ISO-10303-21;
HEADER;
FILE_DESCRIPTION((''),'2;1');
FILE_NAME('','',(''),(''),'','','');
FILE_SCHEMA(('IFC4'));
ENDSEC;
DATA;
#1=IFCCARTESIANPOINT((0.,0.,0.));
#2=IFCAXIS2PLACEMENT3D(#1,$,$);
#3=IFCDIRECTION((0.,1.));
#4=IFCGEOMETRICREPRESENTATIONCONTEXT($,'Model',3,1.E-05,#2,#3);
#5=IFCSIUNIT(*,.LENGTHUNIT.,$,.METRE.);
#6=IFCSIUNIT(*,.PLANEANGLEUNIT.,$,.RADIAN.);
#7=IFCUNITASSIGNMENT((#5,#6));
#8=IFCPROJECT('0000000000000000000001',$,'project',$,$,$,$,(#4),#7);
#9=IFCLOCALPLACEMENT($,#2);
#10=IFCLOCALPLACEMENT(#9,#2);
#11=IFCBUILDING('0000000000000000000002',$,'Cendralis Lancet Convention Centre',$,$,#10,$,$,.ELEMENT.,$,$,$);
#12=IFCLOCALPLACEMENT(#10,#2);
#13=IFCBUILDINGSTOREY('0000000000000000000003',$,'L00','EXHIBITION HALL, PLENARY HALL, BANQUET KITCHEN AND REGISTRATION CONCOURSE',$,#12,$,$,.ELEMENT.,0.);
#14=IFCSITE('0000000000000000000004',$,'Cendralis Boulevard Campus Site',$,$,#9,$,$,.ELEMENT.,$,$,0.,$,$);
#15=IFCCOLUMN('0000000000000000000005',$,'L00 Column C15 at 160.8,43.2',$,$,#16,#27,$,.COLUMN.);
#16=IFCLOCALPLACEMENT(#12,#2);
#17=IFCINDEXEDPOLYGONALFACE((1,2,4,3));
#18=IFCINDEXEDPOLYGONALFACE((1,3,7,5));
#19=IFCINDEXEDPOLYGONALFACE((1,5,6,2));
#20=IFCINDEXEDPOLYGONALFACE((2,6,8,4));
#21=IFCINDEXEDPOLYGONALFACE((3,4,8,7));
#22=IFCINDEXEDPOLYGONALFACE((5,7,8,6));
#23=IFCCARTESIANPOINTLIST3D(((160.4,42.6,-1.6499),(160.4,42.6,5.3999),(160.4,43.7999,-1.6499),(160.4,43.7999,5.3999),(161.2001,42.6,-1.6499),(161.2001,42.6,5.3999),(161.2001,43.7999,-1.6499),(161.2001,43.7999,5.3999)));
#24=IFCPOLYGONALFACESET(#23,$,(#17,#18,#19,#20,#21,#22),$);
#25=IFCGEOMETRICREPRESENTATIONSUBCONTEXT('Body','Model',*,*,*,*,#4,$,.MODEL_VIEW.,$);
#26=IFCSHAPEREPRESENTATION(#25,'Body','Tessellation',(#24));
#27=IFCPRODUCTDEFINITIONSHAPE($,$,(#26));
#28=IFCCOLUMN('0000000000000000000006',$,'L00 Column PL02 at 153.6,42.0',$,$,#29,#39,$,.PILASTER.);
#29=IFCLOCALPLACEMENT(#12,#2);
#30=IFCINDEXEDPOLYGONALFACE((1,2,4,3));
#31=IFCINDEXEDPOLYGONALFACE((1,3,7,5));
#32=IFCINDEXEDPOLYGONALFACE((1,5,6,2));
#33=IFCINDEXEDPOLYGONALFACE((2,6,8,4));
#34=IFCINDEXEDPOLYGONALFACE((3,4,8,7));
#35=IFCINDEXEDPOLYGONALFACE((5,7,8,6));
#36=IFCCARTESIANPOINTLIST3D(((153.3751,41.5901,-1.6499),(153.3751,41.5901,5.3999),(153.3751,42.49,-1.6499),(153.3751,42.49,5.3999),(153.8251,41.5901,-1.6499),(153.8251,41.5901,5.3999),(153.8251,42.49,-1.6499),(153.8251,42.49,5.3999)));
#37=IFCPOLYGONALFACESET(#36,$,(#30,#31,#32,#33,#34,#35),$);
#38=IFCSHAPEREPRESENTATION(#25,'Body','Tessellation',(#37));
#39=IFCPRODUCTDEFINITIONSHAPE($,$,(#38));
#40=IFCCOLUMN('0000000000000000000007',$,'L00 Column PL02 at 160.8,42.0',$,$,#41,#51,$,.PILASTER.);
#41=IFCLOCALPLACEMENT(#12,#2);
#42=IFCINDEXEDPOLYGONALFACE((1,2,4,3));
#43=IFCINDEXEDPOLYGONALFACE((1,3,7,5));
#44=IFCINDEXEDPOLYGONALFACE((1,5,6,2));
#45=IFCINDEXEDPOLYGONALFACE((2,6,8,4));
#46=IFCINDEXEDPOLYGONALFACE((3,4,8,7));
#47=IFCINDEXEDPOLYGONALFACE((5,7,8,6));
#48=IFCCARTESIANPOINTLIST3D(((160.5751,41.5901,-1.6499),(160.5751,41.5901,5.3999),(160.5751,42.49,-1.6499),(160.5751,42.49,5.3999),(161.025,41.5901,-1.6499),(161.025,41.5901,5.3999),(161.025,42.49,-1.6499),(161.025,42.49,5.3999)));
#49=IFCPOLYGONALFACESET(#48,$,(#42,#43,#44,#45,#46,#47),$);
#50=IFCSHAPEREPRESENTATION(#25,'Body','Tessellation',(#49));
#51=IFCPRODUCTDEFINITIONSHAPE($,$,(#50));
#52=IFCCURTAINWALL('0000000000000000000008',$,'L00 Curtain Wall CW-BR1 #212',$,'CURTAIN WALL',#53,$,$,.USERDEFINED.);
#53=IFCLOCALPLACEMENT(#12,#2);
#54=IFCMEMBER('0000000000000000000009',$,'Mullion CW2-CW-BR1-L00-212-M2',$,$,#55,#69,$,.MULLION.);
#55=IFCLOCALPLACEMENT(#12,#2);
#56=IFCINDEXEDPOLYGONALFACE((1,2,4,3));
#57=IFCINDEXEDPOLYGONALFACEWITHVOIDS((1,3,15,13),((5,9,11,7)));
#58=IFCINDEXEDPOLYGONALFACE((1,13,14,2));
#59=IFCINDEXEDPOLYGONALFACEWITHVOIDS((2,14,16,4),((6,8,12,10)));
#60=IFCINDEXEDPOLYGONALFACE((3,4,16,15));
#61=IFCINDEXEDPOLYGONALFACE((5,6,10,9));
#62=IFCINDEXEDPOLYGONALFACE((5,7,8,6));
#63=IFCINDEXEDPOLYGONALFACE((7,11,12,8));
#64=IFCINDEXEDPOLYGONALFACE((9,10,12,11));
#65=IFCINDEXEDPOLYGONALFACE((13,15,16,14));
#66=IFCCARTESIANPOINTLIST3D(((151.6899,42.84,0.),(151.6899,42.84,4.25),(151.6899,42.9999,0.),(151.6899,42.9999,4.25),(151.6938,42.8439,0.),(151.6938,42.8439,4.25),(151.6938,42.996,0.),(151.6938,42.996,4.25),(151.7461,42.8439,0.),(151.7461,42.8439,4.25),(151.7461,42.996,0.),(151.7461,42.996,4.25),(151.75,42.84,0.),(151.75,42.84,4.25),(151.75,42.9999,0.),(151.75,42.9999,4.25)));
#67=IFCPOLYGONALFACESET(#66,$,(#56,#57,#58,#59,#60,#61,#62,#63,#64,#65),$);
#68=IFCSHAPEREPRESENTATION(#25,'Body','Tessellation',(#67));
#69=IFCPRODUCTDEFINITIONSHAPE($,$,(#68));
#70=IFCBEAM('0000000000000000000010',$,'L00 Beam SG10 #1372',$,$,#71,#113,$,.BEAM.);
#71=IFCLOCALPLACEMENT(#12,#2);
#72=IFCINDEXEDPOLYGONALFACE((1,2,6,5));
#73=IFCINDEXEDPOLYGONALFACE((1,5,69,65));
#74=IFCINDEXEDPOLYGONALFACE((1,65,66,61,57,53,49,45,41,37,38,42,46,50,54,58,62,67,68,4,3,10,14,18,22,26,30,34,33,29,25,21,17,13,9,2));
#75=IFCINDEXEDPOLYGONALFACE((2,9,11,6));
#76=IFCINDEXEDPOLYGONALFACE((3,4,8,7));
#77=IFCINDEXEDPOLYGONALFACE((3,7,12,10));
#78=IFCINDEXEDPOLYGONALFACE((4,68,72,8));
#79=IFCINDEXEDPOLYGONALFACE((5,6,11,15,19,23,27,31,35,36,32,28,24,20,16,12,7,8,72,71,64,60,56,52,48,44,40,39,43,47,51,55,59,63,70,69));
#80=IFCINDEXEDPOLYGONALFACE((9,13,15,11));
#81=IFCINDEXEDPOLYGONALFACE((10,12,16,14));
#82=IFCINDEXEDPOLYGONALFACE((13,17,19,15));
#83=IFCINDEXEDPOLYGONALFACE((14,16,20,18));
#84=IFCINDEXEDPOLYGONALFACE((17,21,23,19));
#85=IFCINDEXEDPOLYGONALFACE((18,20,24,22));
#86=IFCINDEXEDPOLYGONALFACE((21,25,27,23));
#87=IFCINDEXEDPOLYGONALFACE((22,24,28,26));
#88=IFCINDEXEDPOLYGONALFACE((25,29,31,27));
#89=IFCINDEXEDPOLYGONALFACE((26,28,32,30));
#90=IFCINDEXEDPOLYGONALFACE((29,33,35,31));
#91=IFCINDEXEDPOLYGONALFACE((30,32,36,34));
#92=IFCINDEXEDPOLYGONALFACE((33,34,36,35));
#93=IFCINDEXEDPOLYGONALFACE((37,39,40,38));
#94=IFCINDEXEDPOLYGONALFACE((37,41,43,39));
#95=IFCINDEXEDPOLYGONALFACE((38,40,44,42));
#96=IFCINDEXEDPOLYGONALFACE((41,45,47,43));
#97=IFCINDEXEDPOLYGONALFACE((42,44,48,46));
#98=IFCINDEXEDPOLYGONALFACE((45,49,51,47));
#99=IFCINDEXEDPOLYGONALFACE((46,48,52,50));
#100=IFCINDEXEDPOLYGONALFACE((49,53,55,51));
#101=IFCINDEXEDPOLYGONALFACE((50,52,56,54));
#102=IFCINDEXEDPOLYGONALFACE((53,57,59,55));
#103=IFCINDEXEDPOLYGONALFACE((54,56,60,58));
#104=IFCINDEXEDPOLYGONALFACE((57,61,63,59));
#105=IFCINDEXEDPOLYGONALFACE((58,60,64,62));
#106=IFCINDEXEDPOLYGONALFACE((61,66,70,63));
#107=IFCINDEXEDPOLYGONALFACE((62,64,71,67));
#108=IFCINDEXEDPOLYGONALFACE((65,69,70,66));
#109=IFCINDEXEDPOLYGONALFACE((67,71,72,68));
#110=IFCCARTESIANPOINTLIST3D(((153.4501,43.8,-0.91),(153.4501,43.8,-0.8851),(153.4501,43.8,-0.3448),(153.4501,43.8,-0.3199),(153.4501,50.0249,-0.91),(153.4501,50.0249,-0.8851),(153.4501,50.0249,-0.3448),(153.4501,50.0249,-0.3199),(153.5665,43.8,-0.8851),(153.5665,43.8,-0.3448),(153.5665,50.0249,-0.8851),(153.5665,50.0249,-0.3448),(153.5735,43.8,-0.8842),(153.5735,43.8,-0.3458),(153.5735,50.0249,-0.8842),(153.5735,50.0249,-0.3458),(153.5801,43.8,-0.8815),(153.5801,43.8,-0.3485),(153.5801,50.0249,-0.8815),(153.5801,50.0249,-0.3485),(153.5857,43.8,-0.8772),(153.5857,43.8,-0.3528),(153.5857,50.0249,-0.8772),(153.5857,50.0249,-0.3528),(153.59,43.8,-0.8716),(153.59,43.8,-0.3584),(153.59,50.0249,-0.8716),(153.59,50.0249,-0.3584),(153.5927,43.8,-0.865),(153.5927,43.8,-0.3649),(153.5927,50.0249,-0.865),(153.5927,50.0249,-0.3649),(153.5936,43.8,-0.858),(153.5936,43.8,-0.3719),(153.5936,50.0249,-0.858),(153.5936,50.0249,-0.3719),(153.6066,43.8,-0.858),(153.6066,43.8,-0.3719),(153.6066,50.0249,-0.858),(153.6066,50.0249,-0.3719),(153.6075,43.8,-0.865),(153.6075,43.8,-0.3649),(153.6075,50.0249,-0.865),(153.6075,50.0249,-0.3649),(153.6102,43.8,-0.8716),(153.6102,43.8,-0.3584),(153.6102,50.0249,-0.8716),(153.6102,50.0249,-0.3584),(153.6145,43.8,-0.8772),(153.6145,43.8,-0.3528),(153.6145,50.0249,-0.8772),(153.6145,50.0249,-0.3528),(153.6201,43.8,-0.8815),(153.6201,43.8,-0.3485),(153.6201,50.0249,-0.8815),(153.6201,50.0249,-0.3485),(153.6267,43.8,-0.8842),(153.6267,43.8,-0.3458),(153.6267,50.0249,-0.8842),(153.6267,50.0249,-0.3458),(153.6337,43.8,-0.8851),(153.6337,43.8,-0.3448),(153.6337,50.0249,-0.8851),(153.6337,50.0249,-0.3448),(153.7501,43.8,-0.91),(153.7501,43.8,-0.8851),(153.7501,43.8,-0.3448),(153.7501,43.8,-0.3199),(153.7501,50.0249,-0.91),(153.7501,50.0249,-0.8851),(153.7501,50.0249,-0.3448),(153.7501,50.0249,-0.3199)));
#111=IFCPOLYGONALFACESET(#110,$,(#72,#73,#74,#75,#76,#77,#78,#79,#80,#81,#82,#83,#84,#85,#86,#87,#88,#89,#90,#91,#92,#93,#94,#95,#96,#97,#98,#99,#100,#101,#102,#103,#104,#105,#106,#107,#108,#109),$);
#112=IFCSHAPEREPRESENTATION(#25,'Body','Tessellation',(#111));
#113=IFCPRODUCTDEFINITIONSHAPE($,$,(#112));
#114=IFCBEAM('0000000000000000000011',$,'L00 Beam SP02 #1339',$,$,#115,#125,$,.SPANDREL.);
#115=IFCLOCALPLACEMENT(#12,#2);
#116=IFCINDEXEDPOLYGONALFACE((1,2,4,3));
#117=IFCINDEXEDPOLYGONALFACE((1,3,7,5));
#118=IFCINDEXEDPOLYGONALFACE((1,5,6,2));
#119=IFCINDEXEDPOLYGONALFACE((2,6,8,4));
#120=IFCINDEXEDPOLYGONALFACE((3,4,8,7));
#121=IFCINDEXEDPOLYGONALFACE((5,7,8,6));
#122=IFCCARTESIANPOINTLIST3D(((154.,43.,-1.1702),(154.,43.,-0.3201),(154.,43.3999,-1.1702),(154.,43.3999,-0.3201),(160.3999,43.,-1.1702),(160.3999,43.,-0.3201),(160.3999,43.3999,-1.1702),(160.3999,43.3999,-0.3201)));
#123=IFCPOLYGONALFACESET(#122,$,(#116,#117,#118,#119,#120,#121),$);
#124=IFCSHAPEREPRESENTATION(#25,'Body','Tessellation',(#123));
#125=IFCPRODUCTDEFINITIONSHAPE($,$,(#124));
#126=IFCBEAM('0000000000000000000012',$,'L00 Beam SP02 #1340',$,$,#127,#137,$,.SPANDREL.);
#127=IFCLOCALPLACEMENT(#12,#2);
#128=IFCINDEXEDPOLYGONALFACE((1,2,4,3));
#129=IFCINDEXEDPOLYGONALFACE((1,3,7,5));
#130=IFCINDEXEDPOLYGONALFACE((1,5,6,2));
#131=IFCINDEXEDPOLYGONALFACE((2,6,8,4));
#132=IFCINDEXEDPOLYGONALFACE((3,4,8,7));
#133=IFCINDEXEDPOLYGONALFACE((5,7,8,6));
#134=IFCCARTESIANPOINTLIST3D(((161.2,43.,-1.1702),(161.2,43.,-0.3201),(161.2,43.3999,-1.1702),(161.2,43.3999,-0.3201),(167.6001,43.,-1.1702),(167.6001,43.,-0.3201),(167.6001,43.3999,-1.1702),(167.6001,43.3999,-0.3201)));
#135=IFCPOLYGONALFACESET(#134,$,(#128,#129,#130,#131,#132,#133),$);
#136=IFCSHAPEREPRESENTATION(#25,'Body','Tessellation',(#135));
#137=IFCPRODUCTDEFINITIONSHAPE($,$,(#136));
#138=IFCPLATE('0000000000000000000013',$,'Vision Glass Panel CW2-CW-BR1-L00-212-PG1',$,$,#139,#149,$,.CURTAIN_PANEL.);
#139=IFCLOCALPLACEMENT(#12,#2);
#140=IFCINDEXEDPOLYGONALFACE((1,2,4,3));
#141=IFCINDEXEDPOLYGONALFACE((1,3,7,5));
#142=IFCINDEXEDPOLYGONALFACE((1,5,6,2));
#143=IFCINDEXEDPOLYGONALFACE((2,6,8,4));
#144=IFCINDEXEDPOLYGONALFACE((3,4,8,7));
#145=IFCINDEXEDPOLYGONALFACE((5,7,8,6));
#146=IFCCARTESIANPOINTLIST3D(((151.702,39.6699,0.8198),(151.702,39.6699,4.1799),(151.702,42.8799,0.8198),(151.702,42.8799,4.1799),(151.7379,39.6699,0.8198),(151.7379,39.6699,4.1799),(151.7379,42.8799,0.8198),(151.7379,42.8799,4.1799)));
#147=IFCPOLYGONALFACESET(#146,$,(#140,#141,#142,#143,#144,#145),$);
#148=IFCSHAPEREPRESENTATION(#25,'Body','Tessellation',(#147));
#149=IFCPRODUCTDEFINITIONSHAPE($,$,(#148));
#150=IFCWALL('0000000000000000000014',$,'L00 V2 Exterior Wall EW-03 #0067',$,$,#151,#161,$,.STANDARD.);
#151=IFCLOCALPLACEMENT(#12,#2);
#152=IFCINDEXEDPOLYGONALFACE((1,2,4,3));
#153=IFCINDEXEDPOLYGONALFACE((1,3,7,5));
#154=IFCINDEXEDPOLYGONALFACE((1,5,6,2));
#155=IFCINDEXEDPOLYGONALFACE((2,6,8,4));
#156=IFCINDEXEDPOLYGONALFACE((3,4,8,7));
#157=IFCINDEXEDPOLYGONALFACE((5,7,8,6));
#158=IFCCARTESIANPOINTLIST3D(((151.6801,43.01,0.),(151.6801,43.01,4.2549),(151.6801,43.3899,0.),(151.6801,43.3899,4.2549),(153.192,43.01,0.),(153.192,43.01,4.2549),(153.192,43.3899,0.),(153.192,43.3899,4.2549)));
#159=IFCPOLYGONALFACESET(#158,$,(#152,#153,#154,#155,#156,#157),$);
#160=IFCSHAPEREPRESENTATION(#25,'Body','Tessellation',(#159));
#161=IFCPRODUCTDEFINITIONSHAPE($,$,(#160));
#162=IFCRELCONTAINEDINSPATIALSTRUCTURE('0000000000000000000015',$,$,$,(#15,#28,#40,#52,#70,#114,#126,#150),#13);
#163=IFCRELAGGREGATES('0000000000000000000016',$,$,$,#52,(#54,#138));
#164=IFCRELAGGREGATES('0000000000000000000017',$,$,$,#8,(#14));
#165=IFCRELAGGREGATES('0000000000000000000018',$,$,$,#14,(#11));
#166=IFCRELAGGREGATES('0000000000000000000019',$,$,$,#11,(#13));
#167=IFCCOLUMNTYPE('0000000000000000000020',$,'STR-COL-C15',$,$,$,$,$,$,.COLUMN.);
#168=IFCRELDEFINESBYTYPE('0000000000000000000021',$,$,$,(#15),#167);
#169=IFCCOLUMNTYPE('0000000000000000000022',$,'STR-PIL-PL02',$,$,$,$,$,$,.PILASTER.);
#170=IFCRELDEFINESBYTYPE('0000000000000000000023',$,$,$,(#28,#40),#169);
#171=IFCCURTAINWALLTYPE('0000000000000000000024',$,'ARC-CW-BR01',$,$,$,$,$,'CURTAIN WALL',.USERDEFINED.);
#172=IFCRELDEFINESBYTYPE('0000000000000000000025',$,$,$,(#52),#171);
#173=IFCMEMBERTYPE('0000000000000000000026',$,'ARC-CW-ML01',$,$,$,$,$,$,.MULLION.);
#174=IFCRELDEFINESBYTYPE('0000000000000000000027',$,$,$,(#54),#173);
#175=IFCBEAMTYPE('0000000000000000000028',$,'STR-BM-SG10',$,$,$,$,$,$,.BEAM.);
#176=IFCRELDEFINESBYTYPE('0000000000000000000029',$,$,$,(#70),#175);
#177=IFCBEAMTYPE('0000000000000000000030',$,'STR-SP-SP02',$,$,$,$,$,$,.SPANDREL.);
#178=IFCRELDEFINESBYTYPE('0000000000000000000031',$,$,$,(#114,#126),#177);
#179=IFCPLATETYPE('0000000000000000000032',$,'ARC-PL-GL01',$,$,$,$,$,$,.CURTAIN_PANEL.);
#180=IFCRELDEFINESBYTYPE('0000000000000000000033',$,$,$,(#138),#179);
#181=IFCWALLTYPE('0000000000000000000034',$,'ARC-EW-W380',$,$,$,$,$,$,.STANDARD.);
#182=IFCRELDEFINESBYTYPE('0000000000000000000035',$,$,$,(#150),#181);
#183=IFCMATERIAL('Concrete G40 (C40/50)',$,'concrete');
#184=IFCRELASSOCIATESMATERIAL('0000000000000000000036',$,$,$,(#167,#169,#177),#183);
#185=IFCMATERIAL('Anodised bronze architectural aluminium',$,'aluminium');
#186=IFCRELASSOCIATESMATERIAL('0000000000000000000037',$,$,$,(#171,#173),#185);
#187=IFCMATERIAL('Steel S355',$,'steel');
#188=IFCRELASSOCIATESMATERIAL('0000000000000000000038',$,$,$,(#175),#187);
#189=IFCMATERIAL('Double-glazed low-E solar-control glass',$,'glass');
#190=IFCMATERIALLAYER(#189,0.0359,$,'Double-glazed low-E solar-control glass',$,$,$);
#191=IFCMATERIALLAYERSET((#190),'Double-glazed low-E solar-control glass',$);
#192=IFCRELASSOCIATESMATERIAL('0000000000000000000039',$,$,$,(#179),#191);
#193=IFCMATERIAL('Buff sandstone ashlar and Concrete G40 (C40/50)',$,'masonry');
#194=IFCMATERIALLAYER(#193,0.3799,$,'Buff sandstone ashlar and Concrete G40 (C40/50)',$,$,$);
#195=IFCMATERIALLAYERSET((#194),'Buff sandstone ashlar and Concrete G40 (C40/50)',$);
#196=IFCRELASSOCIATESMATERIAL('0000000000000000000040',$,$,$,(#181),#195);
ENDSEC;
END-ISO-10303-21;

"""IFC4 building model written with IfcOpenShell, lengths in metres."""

from ifc_helpers import new_model, si_unit, direction, frame, frame_2d, origin, origin_2d, place, context, subcontext, project, spatial, rectangle, hollow_rectangle, i_section, extrude, material, layer, layer_set, material_profile, profile_set, type_object, element, aggregate, save


model = new_model("IFC4")

# Units and contexts
model_context = context("Model", 3, precision=1e-05, world=origin(), true_north=direction((0.0, 1.0)))
body_context = subcontext(model_context, "Body", "Model", "MODEL_VIEW")
ifc_project = project(units=[si_unit("LENGTHUNIT", "METRE"), si_unit("PLANEANGLEUNIT", "RADIAN")], contexts=[model_context])

# Site, building, storey
site_placement = place(None, origin())
site = spatial("IfcSite", under=ifc_project, at=site_placement, Name="Cendralis Boulevard Campus Site", CompositionType="ELEMENT", RefElevation=0.0)
building_placement = place(site_placement, origin())
building = spatial("IfcBuilding", under=site, at=building_placement, Name="Cendralis Lancet Convention Centre", CompositionType="ELEMENT")
storey_placement = place(building_placement, origin())
storey = spatial("IfcBuildingStorey", under=building, at=storey_placement, Name="L00", Description="EXHIBITION HALL, PLENARY HALL, BANQUET KITCHEN AND REGISTRATION CONCOURSE", CompositionType="ELEMENT", Elevation=0.0)

# Columns
ifc_material_1 = material(Name="Concrete G40 (C40/50)", Category="concrete")
ifc_material_profile_1 = material_profile(ifc_material_1, rectangle(XDim=0.8, YDim=1.2, at=origin_2d()), Name="RC 800x1200")
ifc_profile_set_1 = profile_set([ifc_material_profile_1], Name="Concrete G40 (C40/50)")
column_type_1 = type_object("IfcColumnType", Name="STR-COL-C15", PredefinedType="COLUMN", material=ifc_profile_set_1)
for number, where, z_axis, x_axis, name in (
    (1, (160.8, 43.2, -1.6499), (0.0, 0.0, 1.0), (1.0, 0.0, 0.0), "L00 Column C15 at 160.8,43.2"),
):
    element("IfcColumn", number, at=place(storey_placement, frame(where, z_axis=z_axis, x_axis=x_axis)), inside=storey, type_object=column_type_1, Name=name, PredefinedType="COLUMN", context=body_context, shape_type="SweptSolid", body=[
        extrude(rectangle(XDim=0.8, YDim=1.2, at=origin_2d()), origin(), (0.0, 0.0, 1.0), 7.0498),
    ])
ifc_material_profile_2 = material_profile(ifc_material_1, rectangle(XDim=0.45, YDim=0.8999, at=origin_2d()), Name="RC 450x900")
ifc_profile_set_2 = profile_set([ifc_material_profile_2], Name="Concrete G40 (C40/50)")
column_type_2 = type_object("IfcColumnType", Name="STR-PIL-PL02", PredefinedType="PILASTER", material=ifc_profile_set_2)
for number, where, z_axis, x_axis, name in (
    (2, (153.6001, 42.04, -1.6499), (0.0, 0.0, 1.0), (1.0, 0.0, 0.0), "L00 Column PL02 at 153.6,42.0"),
    (3, (160.8, 42.04, -1.6499), (0.0, 0.0, 1.0), (1.0, 0.0, 0.0), "L00 Column PL02 at 160.8,42.0"),
):
    element("IfcColumn", number, at=place(storey_placement, frame(where, z_axis=z_axis, x_axis=x_axis)), inside=storey, type_object=column_type_2, Name=name, PredefinedType="PILASTER", context=body_context, shape_type="SweptSolid", body=[
        extrude(rectangle(XDim=0.45, YDim=0.8999, at=origin_2d()), origin(), (0.0, 0.0, 1.0), 7.0498),
    ])

# Curtain wall, member
ifc_material_2 = material(Name="Anodised bronze architectural aluminium", Category="aluminium")
curtain_wall_type = type_object("IfcCurtainWallType", Name="ARC-CW-BR01", ElementType="CURTAIN WALL", PredefinedType="USERDEFINED", material=ifc_material_2)
curtain_wall_placement = place(storey_placement, origin())
curtain_wall = element("IfcCurtainWall", 4, at=curtain_wall_placement, inside=storey, type_object=curtain_wall_type, Name="L00 Curtain Wall CW-BR1 #212", ObjectType="CURTAIN WALL", PredefinedType="USERDEFINED")
ifc_material_profile_3 = material_profile(ifc_material_2, hollow_rectangle(XDim=0.0601, YDim=0.1599, WallThickness=0.0039, at=origin_2d()), Name="AL-MULL 60x160x4.0")
ifc_profile_set_3 = profile_set([ifc_material_profile_3], Name="Anodised bronze architectural aluminium")
member_type = type_object("IfcMemberType", Name="ARC-CW-ML01", PredefinedType="MULLION", material=ifc_profile_set_3)
member_placement = place(storey_placement, frame((151.72, 42.9199, 0.0), z_axis=(0.0, 0.0, 1.0), x_axis=(1.0, 0.0, 0.0)))
member = element("IfcMember", 5, at=member_placement, type_object=member_type, Name="Mullion CW2-CW-BR1-L00-212-M2", PredefinedType="MULLION", context=body_context, shape_type="SweptSolid", body=[
    extrude(hollow_rectangle(XDim=0.0601, YDim=0.1599, WallThickness=0.0039, at=origin_2d()), origin(), (0.0, 0.0, 1.0), 4.25),
])

# Beams
ifc_material_3 = material(Name="Steel S355", Category="steel")
ifc_material_profile_4 = material_profile(ifc_material_3, i_section(OverallWidth=0.3, OverallDepth=0.5901, WebThickness=0.0129, FlangeThickness=0.0249, FilletRadius=0.0271, at=origin_2d()), Name="HEA 600")
ifc_profile_set_4 = profile_set([ifc_material_profile_4], Name="Steel S355")
beam_type_1 = type_object("IfcBeamType", Name="STR-BM-SG10", PredefinedType="BEAM", material=ifc_profile_set_4)
beam_1_placement = place(storey_placement, frame((153.6001, 43.8, -0.615), z_axis=(0.0, 1.0, 0.0), x_axis=(-1.0, 0.0, 0.0)))
element("IfcBeam", 6, at=beam_1_placement, inside=storey, type_object=beam_type_1, Name="L00 Beam SG10 #1372", PredefinedType="BEAM", context=body_context, shape_type="SweptSolid", body=[
    extrude(i_section(OverallWidth=0.3, OverallDepth=0.5901, WebThickness=0.0129, FlangeThickness=0.0249, FilletRadius=0.0271, at=origin_2d()), origin(), (0.0, 0.0, 1.0), 6.2249),
])
ifc_material_profile_5 = material_profile(ifc_material_1, rectangle(XDim=0.3999, YDim=0.8501, at=origin_2d()), Name="RCB 400x850")
ifc_profile_set_5 = profile_set([ifc_material_profile_5], Name="Concrete G40 (C40/50)")
beam_type_2 = type_object("IfcBeamType", Name="STR-SP-SP02", PredefinedType="SPANDREL", material=ifc_profile_set_5)
beam_2_placement = place(storey_placement, frame((154.0, 43.2, -0.7451), z_axis=(1.0, 0.0, 0.0), x_axis=(0.0, 1.0, 0.0)))
element("IfcBeam", 7, at=beam_2_placement, inside=storey, type_object=beam_type_2, Name="L00 Beam SP02 #1339", PredefinedType="SPANDREL", context=body_context, shape_type="SweptSolid", body=[
    extrude(rectangle(XDim=0.3999, YDim=0.8501, at=origin_2d()), origin(), (0.0, 0.0, 1.0), 6.3999),
])
beam_3_placement = place(storey_placement, frame((161.2, 43.2, -0.7451), z_axis=(1.0, 0.0, 0.0), x_axis=(0.0, 1.0, 0.0)))
element("IfcBeam", 8, at=beam_3_placement, inside=storey, type_object=beam_type_2, Name="L00 Beam SP02 #1340", PredefinedType="SPANDREL", context=body_context, shape_type="SweptSolid", body=[
    extrude(rectangle(XDim=0.3999, YDim=0.8501, at=origin_2d()), origin(), (0.0, 0.0, 1.0), 6.4001),
])

# Plate
ifc_material_4 = material(Name="Double-glazed low-E solar-control glass", Category="glass")
ifc_layer_1 = layer(ifc_material_4, 0.0359, Name="Double-glazed low-E solar-control glass")
ifc_layer_set_1 = layer_set([ifc_layer_1], Name="Double-glazed low-E solar-control glass")
plate_type = type_object("IfcPlateType", Name="ARC-PL-GL01", PredefinedType="CURTAIN_PANEL", material=ifc_layer_set_1)
plate_placement = place(storey_placement, frame((151.72, 41.2749, 0.8198), z_axis=(0.0, 0.0, 1.0), x_axis=(0.0, 1.0, 0.0)))
plate = element("IfcPlate", 9, at=plate_placement, type_object=plate_type, Name="Vision Glass Panel CW2-CW-BR1-L00-212-PG1", PredefinedType="CURTAIN_PANEL", context=body_context, shape_type="SweptSolid", body=[
    extrude(rectangle(XDim=3.21, YDim=0.0359, at=origin_2d()), origin(), (0.0, 0.0, 1.0), 3.3601),
])
aggregate(curtain_wall, [member, plate])

# Wall
ifc_material_5 = material(Name="Buff sandstone ashlar and Concrete G40 (C40/50)", Category="masonry")
ifc_layer_2 = layer(ifc_material_5, 0.3799, Name="Buff sandstone ashlar and Concrete G40 (C40/50)")
ifc_layer_set_2 = layer_set([ifc_layer_2], Name="Buff sandstone ashlar and Concrete G40 (C40/50)")
wall_type_1 = type_object("IfcWallType", Name="ARC-EW-W380", PredefinedType="STANDARD", material=ifc_layer_set_2)
wall_1_placement = place(storey_placement, frame((153.1919, 43.2, 0.0), z_axis=(0.0, 0.0, 1.0), x_axis=(-1.0, 0.0, 0.0)))
element("IfcWall", 10, at=wall_1_placement, inside=storey, type_object=wall_type_1, Name="L00 V2 Exterior Wall EW-03 #0067", PredefinedType="STANDARD", context=body_context, shape_type="SweptSolid", body=[
    extrude(rectangle(XDim=1.512, YDim=0.3799, at=frame_2d((0.7559, 0.0))), origin(), (0.0, 0.0, 1.0), 4.2549),
])

save(model, "model.ifc")
